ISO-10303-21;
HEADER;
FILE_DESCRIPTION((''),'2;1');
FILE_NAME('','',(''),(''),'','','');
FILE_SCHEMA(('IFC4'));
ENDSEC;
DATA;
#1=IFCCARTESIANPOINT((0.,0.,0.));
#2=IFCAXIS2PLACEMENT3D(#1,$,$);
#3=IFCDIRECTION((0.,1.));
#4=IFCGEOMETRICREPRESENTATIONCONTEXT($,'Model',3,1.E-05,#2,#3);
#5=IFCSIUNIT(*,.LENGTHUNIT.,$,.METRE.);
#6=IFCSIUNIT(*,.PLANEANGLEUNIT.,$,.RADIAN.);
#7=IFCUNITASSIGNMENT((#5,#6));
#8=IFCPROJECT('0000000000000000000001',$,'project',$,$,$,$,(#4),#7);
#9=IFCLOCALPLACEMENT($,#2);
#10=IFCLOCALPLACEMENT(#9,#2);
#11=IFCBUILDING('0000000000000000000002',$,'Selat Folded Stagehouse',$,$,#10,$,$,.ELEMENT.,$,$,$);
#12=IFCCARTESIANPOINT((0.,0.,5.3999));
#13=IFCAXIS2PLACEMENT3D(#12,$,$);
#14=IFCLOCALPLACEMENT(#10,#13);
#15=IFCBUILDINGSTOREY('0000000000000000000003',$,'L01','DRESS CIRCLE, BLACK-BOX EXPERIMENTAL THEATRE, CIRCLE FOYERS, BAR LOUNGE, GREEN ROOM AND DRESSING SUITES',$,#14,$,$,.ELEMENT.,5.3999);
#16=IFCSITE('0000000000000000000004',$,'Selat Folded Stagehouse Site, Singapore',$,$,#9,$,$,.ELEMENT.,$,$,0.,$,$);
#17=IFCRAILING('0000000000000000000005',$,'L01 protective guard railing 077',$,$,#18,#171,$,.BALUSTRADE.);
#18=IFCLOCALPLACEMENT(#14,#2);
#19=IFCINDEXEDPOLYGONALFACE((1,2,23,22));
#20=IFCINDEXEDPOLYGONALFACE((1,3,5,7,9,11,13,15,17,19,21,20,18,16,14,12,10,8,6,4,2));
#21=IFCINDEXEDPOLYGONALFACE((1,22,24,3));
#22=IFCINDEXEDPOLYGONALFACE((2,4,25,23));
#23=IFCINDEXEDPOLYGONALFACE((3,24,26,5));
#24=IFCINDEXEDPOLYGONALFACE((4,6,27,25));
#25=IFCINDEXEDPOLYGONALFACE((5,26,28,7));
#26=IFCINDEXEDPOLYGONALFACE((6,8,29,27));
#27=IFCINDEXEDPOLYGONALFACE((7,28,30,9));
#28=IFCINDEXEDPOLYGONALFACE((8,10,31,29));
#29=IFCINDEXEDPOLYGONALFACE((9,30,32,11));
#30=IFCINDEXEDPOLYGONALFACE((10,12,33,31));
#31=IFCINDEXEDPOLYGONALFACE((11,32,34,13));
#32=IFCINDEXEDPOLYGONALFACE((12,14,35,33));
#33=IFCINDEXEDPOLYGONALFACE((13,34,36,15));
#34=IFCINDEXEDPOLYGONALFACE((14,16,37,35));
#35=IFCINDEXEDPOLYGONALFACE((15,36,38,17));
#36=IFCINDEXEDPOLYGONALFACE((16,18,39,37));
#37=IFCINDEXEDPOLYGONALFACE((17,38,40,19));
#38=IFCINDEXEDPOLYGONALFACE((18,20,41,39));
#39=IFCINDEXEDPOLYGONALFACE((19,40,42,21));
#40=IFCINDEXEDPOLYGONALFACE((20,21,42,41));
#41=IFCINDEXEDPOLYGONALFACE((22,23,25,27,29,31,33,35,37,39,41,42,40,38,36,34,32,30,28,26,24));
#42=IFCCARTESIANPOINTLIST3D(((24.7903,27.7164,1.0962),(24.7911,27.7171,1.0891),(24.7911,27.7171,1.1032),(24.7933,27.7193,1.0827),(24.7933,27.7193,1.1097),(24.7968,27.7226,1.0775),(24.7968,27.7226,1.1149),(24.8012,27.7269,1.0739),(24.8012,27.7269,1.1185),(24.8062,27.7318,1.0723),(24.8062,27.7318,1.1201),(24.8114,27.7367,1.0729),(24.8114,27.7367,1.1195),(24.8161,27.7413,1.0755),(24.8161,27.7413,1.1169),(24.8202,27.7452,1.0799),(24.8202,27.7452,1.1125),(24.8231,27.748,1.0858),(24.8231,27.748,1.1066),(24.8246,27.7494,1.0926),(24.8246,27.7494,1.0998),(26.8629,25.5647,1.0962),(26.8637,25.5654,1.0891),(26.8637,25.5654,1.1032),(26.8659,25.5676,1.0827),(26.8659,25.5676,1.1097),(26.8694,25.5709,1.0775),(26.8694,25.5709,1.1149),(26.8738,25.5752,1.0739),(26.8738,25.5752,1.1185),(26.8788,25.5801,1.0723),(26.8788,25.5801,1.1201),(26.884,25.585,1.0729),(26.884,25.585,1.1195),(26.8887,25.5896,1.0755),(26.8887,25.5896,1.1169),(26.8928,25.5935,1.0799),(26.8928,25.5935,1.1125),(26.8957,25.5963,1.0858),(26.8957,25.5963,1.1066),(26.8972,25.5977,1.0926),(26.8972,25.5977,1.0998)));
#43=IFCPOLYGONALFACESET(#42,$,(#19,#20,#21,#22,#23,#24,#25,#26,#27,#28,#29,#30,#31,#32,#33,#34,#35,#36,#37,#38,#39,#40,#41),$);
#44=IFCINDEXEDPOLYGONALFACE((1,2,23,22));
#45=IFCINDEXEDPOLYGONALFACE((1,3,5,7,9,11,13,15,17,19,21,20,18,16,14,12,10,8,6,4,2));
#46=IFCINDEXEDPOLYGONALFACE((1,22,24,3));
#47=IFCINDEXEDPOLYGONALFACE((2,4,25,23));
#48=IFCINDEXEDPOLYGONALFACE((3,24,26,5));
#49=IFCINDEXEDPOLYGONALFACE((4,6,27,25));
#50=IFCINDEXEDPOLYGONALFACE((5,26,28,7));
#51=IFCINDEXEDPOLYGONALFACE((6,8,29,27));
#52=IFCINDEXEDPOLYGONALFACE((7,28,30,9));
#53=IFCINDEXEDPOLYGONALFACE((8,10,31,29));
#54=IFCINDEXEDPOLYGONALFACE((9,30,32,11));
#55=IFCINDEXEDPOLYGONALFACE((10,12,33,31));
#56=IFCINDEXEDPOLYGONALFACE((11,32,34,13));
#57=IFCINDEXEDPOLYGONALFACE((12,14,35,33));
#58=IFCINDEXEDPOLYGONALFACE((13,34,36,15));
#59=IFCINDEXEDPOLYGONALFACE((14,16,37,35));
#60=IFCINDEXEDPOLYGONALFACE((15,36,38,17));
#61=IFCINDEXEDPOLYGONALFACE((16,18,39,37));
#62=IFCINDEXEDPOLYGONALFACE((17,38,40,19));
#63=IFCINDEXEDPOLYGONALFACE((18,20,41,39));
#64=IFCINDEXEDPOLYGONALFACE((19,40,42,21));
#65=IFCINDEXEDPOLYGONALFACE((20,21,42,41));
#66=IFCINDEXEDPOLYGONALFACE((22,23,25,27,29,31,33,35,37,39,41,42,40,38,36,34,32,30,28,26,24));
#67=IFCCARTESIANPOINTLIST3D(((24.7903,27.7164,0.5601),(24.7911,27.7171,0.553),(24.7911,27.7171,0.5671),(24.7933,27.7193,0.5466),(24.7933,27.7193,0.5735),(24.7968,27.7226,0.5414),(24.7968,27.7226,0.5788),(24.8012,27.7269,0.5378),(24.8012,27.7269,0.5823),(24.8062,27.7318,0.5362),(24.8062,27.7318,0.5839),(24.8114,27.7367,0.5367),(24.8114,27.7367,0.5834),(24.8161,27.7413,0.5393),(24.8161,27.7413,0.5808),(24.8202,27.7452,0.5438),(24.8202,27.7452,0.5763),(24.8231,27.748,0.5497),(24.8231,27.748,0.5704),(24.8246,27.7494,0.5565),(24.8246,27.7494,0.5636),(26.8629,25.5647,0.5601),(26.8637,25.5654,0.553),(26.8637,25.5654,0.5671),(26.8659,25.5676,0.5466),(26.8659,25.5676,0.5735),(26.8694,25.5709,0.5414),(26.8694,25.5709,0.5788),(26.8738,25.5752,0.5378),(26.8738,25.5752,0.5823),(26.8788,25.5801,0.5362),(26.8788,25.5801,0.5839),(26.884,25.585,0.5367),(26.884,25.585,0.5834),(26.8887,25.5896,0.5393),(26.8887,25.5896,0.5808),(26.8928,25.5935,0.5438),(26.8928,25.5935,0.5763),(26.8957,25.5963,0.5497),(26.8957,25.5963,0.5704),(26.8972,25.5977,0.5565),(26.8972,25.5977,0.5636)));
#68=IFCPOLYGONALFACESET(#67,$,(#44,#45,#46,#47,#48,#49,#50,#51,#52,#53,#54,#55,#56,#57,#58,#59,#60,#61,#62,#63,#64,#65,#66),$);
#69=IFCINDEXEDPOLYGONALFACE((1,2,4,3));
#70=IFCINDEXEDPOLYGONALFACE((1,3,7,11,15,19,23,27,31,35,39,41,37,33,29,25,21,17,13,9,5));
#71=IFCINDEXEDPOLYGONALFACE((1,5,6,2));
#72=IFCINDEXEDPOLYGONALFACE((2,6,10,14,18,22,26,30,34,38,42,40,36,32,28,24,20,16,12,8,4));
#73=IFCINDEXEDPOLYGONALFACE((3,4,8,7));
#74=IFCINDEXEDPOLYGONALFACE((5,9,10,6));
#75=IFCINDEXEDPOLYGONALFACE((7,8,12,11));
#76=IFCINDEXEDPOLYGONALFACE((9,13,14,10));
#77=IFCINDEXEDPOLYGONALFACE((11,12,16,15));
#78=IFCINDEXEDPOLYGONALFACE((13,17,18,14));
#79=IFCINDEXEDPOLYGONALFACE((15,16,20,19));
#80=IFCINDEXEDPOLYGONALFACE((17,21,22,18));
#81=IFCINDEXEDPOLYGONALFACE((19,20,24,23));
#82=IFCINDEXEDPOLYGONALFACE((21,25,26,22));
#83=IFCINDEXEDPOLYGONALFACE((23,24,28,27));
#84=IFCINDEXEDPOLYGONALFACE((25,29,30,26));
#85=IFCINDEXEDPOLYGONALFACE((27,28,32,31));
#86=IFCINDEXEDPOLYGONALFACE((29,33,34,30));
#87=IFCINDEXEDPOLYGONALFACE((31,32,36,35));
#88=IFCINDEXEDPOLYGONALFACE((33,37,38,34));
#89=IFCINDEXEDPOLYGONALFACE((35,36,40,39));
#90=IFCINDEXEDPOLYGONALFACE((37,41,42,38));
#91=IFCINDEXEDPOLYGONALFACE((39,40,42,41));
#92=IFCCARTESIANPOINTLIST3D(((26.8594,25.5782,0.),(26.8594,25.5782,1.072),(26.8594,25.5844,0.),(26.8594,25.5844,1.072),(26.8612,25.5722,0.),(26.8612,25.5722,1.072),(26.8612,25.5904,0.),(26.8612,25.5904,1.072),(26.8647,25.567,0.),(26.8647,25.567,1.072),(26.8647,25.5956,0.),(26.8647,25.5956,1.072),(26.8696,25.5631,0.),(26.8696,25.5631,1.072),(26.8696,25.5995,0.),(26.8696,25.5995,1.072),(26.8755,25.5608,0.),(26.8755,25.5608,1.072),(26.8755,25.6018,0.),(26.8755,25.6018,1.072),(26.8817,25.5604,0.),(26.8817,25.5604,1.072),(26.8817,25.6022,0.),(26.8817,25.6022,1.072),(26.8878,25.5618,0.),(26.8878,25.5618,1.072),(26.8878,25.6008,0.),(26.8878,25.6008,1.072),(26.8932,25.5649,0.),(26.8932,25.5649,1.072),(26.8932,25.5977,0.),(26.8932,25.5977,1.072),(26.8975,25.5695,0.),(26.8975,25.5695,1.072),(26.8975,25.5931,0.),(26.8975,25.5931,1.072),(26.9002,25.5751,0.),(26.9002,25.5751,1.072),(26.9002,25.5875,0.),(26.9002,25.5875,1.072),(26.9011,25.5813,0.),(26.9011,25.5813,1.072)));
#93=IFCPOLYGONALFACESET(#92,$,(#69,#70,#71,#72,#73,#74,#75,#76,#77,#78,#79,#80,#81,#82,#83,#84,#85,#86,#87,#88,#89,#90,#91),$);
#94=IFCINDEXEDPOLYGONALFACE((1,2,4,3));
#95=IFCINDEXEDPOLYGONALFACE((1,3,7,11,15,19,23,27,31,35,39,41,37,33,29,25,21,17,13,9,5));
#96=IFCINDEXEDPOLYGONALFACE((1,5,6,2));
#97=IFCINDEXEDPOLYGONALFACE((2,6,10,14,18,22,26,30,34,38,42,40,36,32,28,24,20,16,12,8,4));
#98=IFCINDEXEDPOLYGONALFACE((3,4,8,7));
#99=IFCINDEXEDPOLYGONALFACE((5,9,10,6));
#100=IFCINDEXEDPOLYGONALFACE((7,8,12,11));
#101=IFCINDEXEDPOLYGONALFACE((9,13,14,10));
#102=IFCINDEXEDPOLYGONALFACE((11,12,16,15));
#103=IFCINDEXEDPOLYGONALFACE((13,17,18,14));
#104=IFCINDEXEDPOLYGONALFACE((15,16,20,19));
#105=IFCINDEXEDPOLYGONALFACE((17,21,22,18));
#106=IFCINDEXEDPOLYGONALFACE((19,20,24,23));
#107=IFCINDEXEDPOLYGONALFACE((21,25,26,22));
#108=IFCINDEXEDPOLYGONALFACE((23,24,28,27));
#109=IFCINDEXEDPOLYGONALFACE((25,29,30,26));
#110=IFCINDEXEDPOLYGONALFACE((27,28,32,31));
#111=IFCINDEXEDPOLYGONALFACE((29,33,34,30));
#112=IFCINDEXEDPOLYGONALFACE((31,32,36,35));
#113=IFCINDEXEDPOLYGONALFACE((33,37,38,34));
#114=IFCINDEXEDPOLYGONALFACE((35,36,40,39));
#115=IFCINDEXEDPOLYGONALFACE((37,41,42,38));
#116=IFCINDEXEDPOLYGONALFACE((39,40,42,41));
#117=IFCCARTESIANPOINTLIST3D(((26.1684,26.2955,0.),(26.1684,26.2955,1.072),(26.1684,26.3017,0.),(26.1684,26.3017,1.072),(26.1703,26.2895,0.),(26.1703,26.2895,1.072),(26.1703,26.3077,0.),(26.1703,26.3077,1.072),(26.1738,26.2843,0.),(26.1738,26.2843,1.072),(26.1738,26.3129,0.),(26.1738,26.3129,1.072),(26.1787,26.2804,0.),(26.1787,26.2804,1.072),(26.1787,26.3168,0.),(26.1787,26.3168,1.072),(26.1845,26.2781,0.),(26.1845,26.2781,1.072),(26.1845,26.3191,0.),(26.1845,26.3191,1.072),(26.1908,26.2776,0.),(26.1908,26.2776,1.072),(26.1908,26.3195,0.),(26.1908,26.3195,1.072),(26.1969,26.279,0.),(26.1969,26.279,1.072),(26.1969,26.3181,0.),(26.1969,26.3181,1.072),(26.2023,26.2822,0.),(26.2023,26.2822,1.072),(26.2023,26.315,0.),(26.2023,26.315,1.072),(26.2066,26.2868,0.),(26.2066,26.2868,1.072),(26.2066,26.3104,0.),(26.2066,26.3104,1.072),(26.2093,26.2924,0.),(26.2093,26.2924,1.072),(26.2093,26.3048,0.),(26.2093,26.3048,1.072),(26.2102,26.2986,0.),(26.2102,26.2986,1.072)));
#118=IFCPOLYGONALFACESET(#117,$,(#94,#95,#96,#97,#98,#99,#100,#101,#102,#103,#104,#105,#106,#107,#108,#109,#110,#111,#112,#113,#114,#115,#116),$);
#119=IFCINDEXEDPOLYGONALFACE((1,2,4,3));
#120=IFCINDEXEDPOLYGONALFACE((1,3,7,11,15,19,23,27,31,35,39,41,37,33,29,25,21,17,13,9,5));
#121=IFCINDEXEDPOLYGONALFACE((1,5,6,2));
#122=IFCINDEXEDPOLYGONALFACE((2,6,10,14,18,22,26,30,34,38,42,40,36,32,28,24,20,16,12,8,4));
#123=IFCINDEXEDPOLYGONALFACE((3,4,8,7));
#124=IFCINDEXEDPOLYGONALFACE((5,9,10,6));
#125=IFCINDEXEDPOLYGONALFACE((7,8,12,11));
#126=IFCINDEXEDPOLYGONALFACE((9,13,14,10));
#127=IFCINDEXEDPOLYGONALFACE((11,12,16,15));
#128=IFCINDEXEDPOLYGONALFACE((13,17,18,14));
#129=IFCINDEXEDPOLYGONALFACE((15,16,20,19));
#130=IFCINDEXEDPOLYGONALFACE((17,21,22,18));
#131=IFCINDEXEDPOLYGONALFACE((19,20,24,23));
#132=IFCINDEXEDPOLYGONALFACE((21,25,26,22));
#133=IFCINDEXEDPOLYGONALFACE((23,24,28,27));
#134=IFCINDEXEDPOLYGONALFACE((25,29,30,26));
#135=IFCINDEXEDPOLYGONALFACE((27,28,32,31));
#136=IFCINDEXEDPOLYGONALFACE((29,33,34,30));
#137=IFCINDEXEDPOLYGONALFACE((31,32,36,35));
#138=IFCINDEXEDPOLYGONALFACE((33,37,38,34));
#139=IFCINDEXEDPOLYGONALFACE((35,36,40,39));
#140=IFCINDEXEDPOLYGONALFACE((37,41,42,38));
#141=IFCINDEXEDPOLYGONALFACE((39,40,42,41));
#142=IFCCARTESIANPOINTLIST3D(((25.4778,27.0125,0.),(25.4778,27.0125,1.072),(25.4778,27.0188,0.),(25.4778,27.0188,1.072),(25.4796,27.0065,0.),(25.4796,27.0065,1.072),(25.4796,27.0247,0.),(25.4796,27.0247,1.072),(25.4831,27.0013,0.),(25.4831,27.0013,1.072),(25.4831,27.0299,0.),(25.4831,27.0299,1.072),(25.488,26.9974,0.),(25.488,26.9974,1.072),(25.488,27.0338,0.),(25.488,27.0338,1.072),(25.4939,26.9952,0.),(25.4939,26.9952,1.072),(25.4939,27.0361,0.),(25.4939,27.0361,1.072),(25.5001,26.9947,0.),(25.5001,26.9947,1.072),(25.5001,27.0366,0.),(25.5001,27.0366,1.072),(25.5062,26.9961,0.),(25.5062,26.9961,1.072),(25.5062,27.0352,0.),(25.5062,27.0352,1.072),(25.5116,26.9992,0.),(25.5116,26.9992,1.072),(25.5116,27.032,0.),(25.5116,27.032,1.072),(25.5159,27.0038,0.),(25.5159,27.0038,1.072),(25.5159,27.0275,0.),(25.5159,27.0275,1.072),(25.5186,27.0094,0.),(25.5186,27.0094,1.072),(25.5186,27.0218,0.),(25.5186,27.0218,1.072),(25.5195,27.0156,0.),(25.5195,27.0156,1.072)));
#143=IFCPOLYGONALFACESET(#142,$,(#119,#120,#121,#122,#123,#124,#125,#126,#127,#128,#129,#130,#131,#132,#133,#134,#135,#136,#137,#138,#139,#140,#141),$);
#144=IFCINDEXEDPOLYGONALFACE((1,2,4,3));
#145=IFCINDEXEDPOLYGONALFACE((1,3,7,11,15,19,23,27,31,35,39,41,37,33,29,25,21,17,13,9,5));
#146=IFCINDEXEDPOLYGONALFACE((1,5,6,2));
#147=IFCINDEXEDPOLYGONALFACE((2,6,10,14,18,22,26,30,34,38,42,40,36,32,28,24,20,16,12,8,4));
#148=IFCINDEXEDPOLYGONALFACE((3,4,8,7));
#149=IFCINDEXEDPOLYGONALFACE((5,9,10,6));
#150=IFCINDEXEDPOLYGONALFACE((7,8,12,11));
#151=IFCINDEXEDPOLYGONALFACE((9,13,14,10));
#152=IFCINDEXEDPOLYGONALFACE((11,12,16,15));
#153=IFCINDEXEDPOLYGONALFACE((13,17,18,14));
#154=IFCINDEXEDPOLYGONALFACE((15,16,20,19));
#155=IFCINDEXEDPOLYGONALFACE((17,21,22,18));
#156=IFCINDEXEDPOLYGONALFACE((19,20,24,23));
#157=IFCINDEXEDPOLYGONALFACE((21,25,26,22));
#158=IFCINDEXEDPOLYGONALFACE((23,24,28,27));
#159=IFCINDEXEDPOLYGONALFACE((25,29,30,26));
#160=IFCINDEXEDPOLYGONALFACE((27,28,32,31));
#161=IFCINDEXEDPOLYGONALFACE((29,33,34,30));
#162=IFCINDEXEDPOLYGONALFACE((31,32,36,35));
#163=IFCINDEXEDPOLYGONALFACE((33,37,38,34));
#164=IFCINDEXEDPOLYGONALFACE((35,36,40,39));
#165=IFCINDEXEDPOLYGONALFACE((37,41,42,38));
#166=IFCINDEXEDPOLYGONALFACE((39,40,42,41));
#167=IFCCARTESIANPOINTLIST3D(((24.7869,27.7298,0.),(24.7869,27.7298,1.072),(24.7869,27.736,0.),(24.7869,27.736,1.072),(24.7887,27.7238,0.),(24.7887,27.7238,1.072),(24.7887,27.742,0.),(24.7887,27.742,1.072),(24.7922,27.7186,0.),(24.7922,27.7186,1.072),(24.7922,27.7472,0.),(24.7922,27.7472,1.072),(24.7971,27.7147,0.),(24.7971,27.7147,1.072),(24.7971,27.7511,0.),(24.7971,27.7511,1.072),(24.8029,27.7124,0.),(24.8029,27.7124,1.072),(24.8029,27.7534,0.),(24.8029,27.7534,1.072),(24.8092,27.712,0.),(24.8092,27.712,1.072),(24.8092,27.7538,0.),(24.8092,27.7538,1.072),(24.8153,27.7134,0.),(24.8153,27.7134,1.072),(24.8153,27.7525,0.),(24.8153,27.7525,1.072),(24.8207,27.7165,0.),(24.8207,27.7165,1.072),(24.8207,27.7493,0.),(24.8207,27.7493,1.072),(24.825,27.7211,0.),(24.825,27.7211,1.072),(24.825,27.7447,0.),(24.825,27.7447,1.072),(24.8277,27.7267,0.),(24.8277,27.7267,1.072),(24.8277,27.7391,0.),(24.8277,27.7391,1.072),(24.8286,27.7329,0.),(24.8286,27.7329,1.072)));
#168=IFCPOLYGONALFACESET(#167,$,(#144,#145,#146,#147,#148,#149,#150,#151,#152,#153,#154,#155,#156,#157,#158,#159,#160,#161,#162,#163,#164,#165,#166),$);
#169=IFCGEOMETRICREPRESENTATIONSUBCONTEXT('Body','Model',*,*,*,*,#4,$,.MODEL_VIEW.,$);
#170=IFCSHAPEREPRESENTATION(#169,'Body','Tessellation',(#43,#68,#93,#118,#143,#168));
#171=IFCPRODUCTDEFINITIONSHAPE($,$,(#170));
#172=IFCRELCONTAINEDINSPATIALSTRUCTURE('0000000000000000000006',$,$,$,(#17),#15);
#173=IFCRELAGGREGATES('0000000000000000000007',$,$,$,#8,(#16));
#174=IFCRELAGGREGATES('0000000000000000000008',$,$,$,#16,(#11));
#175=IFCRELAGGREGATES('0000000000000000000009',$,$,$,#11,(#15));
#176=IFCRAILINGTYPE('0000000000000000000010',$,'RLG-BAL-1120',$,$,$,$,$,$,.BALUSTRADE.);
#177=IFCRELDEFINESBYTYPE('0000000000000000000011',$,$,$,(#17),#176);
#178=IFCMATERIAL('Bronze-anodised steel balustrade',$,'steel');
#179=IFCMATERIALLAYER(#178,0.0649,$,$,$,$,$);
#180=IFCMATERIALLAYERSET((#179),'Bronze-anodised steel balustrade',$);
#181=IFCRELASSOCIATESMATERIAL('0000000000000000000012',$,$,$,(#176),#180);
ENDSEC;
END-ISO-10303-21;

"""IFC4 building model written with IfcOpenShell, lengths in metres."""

from ifc_helpers import new_model, si_unit, direction, frame, origin, origin_2d, place, context, subcontext, project, spatial, circle, extrude, material, layer, layer_set, type_object, element, save


model = new_model("IFC4")

# Units and contexts
model_context = context("Model", 3, precision=1e-05, world=origin(), true_north=direction((0.0, 1.0)))
body_context = subcontext(model_context, "Body", "Model", "MODEL_VIEW")
ifc_project = project(units=[si_unit("LENGTHUNIT", "METRE"), si_unit("PLANEANGLEUNIT", "RADIAN")], contexts=[model_context])

# Site, building, storey
site_placement = place(None, origin())
site = spatial("IfcSite", under=ifc_project, at=site_placement, Name="Selat Folded Stagehouse Site, Singapore", CompositionType="ELEMENT", RefElevation=0.0)
building_placement = place(site_placement, origin())
building = spatial("IfcBuilding", under=site, at=building_placement, Name="Selat Folded Stagehouse", CompositionType="ELEMENT")
storey_placement = place(building_placement, frame((0.0, 0.0, 5.3999)))
storey = spatial("IfcBuildingStorey", under=building, at=storey_placement, Name="L01", Description="DRESS CIRCLE, BLACK-BOX EXPERIMENTAL THEATRE, CIRCLE FOYERS, BAR LOUNGE, GREEN ROOM AND DRESSING SUITES", CompositionType="ELEMENT", Elevation=5.3999)

# Railing
ifc_material_1 = material(Name="Bronze-anodised steel balustrade", Category="steel")
ifc_layer_1 = layer(ifc_material_1, 0.0649)
ifc_layer_set_1 = layer_set([ifc_layer_1], Name="Bronze-anodised steel balustrade")
railing_type = type_object("IfcRailingType", Name="RLG-BAL-1120", PredefinedType="BALUSTRADE", material=ifc_layer_set_1)
railing_1_placement = place(storey_placement, frame((26.8801, 25.5813, 0.0)))
element("IfcRailing", 1, at=railing_1_placement, inside=storey, type_object=railing_type, Name="L01 protective guard railing 077", PredefinedType="BALUSTRADE", context=body_context, shape_type="SweptSolid", body=[
    extrude(circle(Radius=0.0239, at=origin_2d()), frame((0.0, 0.0, 1.0962), z_axis=(-0.693744, 0.720222, 0.0), x_axis=(-0.720222, -0.693744, 0.0)), (0.0, 0.0, 1.0), 2.9875),
    extrude(circle(Radius=0.0239, at=origin_2d()), frame((0.0, 0.0, 0.5601), z_axis=(-0.693744, 0.720222, 0.0), x_axis=(-0.720222, -0.693744, 0.0)), (0.0, 0.0, 1.0), 2.9875),
    extrude(circle(Radius=0.021, at=origin_2d()), origin(), (0.0, 0.0, 1.0), 1.072),
    extrude(circle(Radius=0.021, at=origin_2d()), frame((-0.6909, 0.7173, 0.0)), (0.0, 0.0, 1.0), 1.072),
    extrude(circle(Radius=0.021, at=origin_2d()), frame((-1.3816, 1.4343, 0.0)), (0.0, 0.0, 1.0), 1.072),
    extrude(circle(Radius=0.021, at=origin_2d()), frame((-2.0725, 2.1516, 0.0)), (0.0, 0.0, 1.0), 1.072),
])

save(model, "model.ifc")
